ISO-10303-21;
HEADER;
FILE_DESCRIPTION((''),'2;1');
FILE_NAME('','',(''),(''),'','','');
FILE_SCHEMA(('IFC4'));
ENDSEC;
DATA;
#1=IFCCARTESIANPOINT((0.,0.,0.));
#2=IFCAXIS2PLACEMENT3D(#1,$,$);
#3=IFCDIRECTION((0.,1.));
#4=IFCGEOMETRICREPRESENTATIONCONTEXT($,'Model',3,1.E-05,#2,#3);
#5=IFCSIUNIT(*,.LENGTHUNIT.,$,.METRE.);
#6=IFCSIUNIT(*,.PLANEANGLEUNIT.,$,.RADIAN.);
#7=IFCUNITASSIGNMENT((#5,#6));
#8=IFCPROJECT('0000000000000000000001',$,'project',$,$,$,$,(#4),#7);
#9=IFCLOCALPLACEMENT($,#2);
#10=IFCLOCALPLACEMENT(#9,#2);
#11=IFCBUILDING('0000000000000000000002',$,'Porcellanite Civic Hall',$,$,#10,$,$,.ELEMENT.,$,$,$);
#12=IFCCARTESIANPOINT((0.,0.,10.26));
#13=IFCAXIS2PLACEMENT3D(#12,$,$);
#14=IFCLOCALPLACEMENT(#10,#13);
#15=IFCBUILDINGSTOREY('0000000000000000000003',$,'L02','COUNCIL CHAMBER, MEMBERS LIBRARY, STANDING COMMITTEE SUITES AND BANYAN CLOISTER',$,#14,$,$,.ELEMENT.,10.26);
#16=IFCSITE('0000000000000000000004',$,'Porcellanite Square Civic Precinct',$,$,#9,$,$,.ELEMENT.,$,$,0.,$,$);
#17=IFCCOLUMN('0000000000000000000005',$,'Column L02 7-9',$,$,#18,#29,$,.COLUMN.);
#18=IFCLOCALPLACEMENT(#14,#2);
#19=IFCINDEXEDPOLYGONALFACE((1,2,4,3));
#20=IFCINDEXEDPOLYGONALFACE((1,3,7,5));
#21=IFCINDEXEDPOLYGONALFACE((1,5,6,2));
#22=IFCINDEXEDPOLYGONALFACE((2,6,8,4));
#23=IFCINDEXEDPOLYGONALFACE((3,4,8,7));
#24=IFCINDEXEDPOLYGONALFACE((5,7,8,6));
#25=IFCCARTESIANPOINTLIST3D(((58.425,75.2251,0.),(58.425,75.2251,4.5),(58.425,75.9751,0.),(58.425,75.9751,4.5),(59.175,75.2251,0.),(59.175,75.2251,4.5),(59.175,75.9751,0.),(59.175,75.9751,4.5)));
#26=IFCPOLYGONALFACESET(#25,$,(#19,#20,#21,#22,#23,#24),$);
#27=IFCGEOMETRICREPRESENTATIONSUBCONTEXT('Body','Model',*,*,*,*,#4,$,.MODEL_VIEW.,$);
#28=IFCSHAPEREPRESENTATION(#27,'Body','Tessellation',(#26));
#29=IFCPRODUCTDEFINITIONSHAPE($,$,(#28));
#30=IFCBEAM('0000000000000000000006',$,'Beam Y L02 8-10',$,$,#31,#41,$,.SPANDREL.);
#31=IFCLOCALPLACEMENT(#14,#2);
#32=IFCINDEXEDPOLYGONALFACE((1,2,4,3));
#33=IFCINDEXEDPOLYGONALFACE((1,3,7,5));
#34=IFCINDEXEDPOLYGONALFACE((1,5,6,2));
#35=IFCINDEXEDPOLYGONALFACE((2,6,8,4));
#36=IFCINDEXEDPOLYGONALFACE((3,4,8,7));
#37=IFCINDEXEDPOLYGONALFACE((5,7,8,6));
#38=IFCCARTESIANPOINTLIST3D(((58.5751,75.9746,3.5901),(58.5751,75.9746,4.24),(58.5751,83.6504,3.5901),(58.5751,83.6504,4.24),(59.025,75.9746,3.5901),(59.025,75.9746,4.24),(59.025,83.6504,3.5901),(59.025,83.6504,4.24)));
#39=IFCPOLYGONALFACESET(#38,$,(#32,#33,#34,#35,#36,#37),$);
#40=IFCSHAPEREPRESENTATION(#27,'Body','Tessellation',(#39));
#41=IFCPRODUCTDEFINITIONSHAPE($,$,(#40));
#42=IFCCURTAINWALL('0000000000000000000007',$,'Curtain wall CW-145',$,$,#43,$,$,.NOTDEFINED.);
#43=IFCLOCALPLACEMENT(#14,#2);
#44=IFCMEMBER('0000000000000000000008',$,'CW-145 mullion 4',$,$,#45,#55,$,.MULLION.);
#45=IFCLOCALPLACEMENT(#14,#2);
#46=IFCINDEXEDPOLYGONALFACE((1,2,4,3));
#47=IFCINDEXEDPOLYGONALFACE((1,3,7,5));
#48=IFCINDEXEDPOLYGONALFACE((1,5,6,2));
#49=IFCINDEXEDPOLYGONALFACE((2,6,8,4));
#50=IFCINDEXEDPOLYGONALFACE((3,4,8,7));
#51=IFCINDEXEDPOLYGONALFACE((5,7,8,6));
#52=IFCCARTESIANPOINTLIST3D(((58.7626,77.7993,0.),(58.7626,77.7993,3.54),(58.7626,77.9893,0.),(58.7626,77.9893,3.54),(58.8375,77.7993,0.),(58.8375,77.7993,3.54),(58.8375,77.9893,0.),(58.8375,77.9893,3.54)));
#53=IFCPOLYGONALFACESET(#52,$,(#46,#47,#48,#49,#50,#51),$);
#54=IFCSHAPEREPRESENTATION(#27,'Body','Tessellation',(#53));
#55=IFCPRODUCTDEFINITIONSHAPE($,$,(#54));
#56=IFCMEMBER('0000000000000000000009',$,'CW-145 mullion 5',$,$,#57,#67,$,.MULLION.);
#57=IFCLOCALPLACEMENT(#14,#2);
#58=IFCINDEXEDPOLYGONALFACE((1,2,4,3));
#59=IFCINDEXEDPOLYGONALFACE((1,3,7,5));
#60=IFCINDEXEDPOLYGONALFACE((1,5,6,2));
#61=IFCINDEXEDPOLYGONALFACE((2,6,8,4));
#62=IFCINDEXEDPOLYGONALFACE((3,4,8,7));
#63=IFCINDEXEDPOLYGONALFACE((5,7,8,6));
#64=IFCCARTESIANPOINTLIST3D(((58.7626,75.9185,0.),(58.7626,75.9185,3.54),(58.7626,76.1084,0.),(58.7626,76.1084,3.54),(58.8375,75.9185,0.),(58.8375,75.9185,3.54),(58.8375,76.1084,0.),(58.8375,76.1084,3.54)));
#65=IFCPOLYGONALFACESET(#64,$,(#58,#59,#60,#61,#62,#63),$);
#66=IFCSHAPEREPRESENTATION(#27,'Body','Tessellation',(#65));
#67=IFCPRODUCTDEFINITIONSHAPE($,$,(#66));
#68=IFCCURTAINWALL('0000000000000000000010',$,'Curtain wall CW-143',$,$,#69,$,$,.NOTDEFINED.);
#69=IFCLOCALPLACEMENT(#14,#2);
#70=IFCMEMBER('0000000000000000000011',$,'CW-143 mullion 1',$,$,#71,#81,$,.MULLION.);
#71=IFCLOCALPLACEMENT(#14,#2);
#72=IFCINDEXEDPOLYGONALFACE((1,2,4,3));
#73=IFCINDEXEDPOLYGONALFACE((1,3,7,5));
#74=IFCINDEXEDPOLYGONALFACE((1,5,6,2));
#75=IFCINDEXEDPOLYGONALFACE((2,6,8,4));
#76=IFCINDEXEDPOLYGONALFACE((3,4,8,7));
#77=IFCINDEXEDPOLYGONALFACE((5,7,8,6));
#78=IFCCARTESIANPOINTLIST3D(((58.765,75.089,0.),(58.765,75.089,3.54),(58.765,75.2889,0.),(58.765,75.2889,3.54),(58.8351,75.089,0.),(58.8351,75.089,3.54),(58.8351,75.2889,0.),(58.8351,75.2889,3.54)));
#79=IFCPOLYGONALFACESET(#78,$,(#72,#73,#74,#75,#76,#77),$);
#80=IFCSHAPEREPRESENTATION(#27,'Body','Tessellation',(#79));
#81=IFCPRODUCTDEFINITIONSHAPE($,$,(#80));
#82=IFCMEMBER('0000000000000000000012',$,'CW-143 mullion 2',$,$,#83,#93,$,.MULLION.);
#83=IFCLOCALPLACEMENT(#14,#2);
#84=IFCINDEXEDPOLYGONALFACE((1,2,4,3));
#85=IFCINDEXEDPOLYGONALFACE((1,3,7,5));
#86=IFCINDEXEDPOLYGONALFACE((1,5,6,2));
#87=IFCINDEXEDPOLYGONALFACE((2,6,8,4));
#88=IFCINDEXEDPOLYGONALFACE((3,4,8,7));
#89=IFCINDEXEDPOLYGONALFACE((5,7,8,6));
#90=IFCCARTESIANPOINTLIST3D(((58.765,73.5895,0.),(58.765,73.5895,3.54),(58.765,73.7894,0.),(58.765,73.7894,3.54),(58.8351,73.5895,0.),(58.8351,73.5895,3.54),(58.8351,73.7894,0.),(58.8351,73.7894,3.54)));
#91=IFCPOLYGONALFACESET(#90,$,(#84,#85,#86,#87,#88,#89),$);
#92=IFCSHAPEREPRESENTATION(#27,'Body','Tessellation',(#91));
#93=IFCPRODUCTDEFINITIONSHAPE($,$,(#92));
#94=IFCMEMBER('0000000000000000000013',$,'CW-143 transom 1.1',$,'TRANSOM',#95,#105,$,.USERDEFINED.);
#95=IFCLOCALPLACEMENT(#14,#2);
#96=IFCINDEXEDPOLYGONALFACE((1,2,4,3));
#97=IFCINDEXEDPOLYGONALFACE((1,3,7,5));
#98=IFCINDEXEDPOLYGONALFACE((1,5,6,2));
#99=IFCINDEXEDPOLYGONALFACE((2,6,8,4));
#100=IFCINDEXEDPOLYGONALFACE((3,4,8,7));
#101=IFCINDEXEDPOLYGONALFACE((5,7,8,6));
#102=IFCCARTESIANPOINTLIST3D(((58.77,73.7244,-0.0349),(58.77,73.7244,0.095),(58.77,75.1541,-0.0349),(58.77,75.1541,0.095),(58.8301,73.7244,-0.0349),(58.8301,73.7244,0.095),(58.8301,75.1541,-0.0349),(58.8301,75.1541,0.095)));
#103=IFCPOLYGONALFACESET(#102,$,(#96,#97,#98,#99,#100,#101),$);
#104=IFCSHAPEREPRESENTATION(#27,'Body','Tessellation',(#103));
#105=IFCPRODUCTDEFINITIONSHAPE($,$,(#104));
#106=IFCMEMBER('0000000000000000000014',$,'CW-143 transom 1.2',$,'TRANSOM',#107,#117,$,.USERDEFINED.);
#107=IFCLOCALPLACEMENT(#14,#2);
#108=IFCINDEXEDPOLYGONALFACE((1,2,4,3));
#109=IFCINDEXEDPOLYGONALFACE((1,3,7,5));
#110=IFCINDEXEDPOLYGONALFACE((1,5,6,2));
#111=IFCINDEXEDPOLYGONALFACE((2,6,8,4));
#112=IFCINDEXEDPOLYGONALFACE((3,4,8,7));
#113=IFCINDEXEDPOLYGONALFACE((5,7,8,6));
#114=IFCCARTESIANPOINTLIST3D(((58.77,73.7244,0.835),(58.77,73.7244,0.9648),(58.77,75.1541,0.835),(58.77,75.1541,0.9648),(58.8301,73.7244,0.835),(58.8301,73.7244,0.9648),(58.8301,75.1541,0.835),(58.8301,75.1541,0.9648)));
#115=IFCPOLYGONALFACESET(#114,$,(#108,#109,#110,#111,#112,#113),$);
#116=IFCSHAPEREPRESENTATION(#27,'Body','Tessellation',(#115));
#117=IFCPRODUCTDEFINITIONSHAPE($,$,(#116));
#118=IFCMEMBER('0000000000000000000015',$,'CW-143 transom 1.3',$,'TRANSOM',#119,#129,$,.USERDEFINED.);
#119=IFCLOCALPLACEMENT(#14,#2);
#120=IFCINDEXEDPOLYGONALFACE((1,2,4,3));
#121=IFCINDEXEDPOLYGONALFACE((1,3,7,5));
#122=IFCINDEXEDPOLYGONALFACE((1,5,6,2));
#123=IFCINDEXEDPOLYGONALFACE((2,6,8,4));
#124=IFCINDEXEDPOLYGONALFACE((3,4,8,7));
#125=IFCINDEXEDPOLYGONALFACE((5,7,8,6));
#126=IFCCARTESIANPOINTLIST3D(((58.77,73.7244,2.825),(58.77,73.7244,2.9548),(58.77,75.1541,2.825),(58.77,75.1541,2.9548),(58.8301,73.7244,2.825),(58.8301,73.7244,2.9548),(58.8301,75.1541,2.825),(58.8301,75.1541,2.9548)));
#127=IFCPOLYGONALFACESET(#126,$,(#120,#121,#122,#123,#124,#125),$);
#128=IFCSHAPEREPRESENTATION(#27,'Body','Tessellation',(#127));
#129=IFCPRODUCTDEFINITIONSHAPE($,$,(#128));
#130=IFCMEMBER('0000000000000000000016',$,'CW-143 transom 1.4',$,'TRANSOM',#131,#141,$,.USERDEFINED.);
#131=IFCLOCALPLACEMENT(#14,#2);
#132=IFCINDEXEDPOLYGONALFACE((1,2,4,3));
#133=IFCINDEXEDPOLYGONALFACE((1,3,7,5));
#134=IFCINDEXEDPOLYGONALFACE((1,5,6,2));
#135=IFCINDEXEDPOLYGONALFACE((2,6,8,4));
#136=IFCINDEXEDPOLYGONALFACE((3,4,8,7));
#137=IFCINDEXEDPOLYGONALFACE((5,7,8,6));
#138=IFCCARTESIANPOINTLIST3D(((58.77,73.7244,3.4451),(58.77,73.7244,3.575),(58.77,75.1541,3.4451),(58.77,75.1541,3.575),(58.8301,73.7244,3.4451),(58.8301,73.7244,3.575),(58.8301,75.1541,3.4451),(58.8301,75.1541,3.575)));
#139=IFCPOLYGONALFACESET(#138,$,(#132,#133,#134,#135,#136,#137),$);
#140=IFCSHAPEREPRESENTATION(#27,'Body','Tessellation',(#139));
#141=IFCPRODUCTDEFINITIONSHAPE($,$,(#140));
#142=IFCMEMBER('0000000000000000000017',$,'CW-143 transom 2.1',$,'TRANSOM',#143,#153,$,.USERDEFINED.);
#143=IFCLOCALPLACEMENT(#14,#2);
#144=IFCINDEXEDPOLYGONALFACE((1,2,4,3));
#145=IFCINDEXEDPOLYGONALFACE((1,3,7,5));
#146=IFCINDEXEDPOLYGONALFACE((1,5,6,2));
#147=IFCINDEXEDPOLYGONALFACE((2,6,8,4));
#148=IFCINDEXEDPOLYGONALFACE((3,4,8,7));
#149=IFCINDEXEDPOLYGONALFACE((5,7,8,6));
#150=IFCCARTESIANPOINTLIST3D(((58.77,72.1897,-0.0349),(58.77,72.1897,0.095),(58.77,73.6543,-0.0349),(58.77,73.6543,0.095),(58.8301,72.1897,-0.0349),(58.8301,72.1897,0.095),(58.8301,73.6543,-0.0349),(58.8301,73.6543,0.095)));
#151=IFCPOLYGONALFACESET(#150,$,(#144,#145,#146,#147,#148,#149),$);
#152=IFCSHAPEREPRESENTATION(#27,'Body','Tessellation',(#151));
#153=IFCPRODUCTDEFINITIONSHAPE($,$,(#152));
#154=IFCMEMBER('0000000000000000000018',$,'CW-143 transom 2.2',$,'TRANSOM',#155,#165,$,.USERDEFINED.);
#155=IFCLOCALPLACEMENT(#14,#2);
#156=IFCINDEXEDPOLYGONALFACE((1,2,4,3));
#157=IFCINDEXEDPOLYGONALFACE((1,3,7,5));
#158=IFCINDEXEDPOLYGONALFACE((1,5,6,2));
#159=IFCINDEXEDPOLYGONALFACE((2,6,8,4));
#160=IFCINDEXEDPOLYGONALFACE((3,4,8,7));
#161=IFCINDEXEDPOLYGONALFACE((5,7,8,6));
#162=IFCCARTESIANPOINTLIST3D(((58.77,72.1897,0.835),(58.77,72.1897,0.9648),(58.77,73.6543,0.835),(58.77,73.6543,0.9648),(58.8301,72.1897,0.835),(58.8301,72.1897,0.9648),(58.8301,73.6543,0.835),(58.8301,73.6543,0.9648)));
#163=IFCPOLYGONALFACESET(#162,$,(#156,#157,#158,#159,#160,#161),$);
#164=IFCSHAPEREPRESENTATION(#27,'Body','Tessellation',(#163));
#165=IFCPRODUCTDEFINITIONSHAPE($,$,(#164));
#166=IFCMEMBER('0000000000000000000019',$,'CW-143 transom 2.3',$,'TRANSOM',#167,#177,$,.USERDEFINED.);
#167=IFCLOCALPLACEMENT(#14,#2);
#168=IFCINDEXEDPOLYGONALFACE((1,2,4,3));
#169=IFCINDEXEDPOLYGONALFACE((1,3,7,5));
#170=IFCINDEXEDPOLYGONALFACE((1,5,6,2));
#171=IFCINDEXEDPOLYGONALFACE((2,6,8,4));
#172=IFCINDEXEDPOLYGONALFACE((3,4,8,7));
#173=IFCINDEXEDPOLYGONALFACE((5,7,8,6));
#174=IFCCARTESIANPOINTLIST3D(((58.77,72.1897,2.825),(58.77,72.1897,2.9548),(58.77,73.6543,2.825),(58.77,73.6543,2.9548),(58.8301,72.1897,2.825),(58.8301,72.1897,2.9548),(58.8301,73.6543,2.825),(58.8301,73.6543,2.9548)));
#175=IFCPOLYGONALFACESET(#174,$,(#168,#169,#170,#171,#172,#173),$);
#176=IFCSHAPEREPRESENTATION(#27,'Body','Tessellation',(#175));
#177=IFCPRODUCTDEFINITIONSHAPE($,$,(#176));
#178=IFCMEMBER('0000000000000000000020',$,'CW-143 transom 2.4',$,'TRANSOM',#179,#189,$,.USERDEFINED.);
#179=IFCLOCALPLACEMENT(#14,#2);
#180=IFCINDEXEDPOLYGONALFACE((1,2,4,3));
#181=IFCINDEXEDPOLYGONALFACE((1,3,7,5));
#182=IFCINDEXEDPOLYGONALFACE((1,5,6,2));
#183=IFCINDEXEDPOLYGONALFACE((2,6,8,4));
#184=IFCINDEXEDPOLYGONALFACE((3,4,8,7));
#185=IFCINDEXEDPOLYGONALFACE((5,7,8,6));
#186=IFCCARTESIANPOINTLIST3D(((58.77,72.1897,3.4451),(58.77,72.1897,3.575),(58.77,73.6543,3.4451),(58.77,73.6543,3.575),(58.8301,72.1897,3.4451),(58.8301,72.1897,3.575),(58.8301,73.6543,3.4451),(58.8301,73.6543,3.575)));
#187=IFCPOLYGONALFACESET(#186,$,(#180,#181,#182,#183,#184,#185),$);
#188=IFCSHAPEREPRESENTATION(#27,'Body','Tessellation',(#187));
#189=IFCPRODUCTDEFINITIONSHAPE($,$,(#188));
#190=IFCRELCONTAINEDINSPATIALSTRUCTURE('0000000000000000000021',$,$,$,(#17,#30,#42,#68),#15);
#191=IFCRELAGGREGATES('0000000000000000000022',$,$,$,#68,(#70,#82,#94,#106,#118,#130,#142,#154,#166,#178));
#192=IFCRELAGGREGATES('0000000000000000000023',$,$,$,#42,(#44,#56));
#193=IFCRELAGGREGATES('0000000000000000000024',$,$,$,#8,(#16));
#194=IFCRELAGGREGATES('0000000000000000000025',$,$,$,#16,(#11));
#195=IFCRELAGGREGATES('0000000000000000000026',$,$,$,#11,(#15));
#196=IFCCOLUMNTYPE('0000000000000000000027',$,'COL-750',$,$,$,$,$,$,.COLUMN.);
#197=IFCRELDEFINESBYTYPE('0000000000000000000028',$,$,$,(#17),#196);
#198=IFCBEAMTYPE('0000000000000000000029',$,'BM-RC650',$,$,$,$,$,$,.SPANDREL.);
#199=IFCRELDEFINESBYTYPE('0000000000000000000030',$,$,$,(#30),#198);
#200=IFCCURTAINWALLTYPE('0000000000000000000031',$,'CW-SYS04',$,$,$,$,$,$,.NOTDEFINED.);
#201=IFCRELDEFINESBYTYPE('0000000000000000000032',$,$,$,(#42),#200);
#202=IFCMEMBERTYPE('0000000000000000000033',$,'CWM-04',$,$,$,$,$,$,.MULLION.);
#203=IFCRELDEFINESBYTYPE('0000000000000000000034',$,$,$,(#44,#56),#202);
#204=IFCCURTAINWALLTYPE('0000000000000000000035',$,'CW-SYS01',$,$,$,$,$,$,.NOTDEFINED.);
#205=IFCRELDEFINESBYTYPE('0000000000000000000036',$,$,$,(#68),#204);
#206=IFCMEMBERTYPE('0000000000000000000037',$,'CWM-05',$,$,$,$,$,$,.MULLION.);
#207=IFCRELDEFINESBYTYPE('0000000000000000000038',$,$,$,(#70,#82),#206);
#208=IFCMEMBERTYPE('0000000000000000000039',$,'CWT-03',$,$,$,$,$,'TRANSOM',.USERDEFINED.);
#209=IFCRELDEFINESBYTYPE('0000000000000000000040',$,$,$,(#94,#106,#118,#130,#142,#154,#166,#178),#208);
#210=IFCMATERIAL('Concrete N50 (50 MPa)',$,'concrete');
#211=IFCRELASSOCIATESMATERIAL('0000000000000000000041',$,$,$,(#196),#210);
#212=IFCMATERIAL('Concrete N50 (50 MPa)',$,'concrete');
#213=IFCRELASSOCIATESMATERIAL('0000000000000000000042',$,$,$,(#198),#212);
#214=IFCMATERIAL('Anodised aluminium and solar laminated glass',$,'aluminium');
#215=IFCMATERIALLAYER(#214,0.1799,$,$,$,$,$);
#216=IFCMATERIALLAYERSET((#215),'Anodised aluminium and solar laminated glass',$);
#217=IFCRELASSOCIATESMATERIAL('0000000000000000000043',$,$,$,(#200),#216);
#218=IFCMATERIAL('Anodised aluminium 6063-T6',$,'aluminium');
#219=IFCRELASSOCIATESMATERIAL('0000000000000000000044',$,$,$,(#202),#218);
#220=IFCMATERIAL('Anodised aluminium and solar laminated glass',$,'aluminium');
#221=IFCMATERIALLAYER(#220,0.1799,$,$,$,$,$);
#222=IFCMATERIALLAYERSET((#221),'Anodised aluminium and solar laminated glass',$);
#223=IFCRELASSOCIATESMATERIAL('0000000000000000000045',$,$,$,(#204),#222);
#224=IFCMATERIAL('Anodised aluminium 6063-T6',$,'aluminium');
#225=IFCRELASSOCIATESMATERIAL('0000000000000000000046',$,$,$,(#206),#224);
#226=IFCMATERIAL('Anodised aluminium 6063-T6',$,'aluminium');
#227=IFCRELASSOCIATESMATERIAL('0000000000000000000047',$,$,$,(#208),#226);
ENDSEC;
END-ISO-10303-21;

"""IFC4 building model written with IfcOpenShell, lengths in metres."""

from ifc_helpers import new_model, si_unit, direction, frame, origin, origin_2d, place, context, subcontext, project, spatial, rectangle, extrude, material, layer, layer_set, material_profile, profile_set, type_object, element, aggregate, save


model = new_model("IFC4")

# Units and contexts
model_context = context("Model", 3, precision=1e-05, world=origin(), true_north=direction((0.0, 1.0)))
body_context = subcontext(model_context, "Body", "Model", "MODEL_VIEW")
ifc_project = project(units=[si_unit("LENGTHUNIT", "METRE"), si_unit("PLANEANGLEUNIT", "RADIAN")], contexts=[model_context])

# Site, building, storey
site_placement = place(None, origin())
site = spatial("IfcSite", under=ifc_project, at=site_placement, Name="Porcellanite Square Civic Precinct", CompositionType="ELEMENT", RefElevation=0.0)
building_placement = place(site_placement, origin())
building = spatial("IfcBuilding", under=site, at=building_placement, Name="Porcellanite Civic Hall", CompositionType="ELEMENT")
storey_placement = place(building_placement, frame((0.0, 0.0, 10.26)))
storey = spatial("IfcBuildingStorey", under=building, at=storey_placement, Name="L02", Description="COUNCIL CHAMBER, MEMBERS LIBRARY, STANDING COMMITTEE SUITES AND BANYAN CLOISTER", CompositionType="ELEMENT", Elevation=10.26)

# Column
ifc_material_1 = material(Name="Concrete N50 (50 MPa)", Category="concrete")
ifc_material_profile_1 = material_profile(ifc_material_1, rectangle(XDim=0.75, YDim=0.75, at=origin_2d()), Name="RC-750x750")
ifc_profile_set_1 = profile_set([ifc_material_profile_1], Name="Concrete N50 (50 MPa)")
column_type = type_object("IfcColumnType", Name="COL-750", PredefinedType="COLUMN", material=ifc_profile_set_1)
column_placement = place(storey_placement, frame((58.8, 75.6001, 0.0), z_axis=(0.0, 0.0, 1.0), x_axis=(1.0, 0.0, 0.0)))
element("IfcColumn", 1, at=column_placement, inside=storey, type_object=column_type, Name="Column L02 7-9", PredefinedType="COLUMN", context=body_context, shape_type="SweptSolid", body=[
    extrude(rectangle(XDim=0.75, YDim=0.75, at=origin_2d()), origin(), (0.0, 0.0, 1.0), 4.5),
])

# Beam
ifc_material_2 = material(Name="Concrete N50 (50 MPa)", Category="concrete")
ifc_material_profile_2 = material_profile(ifc_material_2, rectangle(XDim=0.45, YDim=0.6499, at=origin_2d()), Name="RC-450x650")
ifc_profile_set_2 = profile_set([ifc_material_profile_2], Name="Concrete N50 (50 MPa)")
beam_type_1 = type_object("IfcBeamType", Name="BM-RC650", PredefinedType="SPANDREL", material=ifc_profile_set_2)
beam_1_placement = place(storey_placement, frame((58.8, 75.9746, 3.915), z_axis=(0.0, 1.0, 0.0), x_axis=(-1.0, 0.0, 0.0)))
element("IfcBeam", 2, at=beam_1_placement, inside=storey, type_object=beam_type_1, Name="Beam Y L02 8-10", PredefinedType="SPANDREL", context=body_context, shape_type="SweptSolid", body=[
    extrude(rectangle(XDim=0.45, YDim=0.6499, at=origin_2d()), origin(), (0.0, 0.0, 1.0), 7.6758),
])

# Curtain walls, members
ifc_material_3 = material(Name="Anodised aluminium and solar laminated glass", Category="aluminium")
ifc_layer_1 = layer(ifc_material_3, 0.1799)
ifc_layer_set_1 = layer_set([ifc_layer_1], Name="Anodised aluminium and solar laminated glass")
curtain_wall_type_1 = type_object("IfcCurtainWallType", Name="CW-SYS04", PredefinedType="NOTDEFINED", material=ifc_layer_set_1)
curtain_wall_1_placement = place(storey_placement, origin())
curtain_wall_1 = element("IfcCurtainWall", 3, at=curtain_wall_1_placement, inside=storey, type_object=curtain_wall_type_1, Name="Curtain wall CW-145", PredefinedType="NOTDEFINED")
ifc_material_4 = material(Name="Anodised aluminium 6063-T6", Category="aluminium")
ifc_material_profile_3 = material_profile(ifc_material_4, rectangle(XDim=0.075, YDim=0.1899, at=origin_2d()), Name="AL-75x190")
ifc_profile_set_3 = profile_set([ifc_material_profile_3], Name="Anodised aluminium 6063-T6")
member_type_1 = type_object("IfcMemberType", Name="CWM-04", PredefinedType="MULLION", material=ifc_profile_set_3)
member_1_placement = place(storey_placement, frame((58.8, 77.8943, 0.0), z_axis=(0.0, 0.0, 1.0), x_axis=(1.0, 0.0, 0.0)))
member_1 = element("IfcMember", 4, at=member_1_placement, type_object=member_type_1, Name="CW-145 mullion 4", PredefinedType="MULLION", context=body_context, shape_type="SweptSolid", body=[
    extrude(rectangle(XDim=0.075, YDim=0.1899, at=origin_2d()), origin(), (0.0, 0.0, 1.0), 3.54),
])
member_2_placement = place(storey_placement, frame((58.8, 76.0134, 0.0), z_axis=(0.0, 0.0, 1.0), x_axis=(1.0, 0.0, 0.0)))
member_2 = element("IfcMember", 5, at=member_2_placement, type_object=member_type_1, Name="CW-145 mullion 5", PredefinedType="MULLION", context=body_context, shape_type="SweptSolid", body=[
    extrude(rectangle(XDim=0.075, YDim=0.1899, at=origin_2d()), origin(), (0.0, 0.0, 1.0), 3.54),
])
ifc_material_5 = material(Name="Anodised aluminium and solar laminated glass", Category="aluminium")
ifc_layer_2 = layer(ifc_material_5, 0.1799)
ifc_layer_set_2 = layer_set([ifc_layer_2], Name="Anodised aluminium and solar laminated glass")
curtain_wall_type_2 = type_object("IfcCurtainWallType", Name="CW-SYS01", PredefinedType="NOTDEFINED", material=ifc_layer_set_2)
curtain_wall_2_placement = place(storey_placement, origin())
curtain_wall_2 = element("IfcCurtainWall", 6, at=curtain_wall_2_placement, inside=storey, type_object=curtain_wall_type_2, Name="Curtain wall CW-143", PredefinedType="NOTDEFINED")
ifc_material_6 = material(Name="Anodised aluminium 6063-T6", Category="aluminium")
ifc_material_profile_4 = material_profile(ifc_material_6, rectangle(XDim=0.0701, YDim=0.2, at=origin_2d()), Name="AL-70x200")
ifc_profile_set_4 = profile_set([ifc_material_profile_4], Name="Anodised aluminium 6063-T6")
member_type_2 = type_object("IfcMemberType", Name="CWM-05", PredefinedType="MULLION", material=ifc_profile_set_4)
member_3_placement = place(storey_placement, frame((58.8, 75.189, 0.0), z_axis=(0.0, 0.0, 1.0), x_axis=(1.0, 0.0, 0.0)))
member_3 = element("IfcMember", 7, at=member_3_placement, type_object=member_type_2, Name="CW-143 mullion 1", PredefinedType="MULLION", context=body_context, shape_type="SweptSolid", body=[
    extrude(rectangle(XDim=0.0701, YDim=0.2, at=origin_2d()), origin(), (0.0, 0.0, 1.0), 3.54),
])
member_4_placement = place(storey_placement, frame((58.8, 73.6895, 0.0), z_axis=(0.0, 0.0, 1.0), x_axis=(1.0, 0.0, 0.0)))
member_4 = element("IfcMember", 8, at=member_4_placement, type_object=member_type_2, Name="CW-143 mullion 2", PredefinedType="MULLION", context=body_context, shape_type="SweptSolid", body=[
    extrude(rectangle(XDim=0.0701, YDim=0.2, at=origin_2d()), origin(), (0.0, 0.0, 1.0), 3.54),
])
ifc_material_7 = material(Name="Anodised aluminium 6063-T6", Category="aluminium")
ifc_material_profile_5 = material_profile(ifc_material_7, rectangle(XDim=0.0601, YDim=0.1299, at=origin_2d()), Name="AL-60x130")
ifc_profile_set_5 = profile_set([ifc_material_profile_5], Name="Anodised aluminium 6063-T6")
member_type_3 = type_object("IfcMemberType", Name="CWT-03", ElementType="TRANSOM", PredefinedType="USERDEFINED", material=ifc_profile_set_5)
member_5_placement = place(storey_placement, frame((58.8, 75.1541, 0.03), z_axis=(0.0, -1.0, 0.0), x_axis=(1.0, 0.0, 0.0)))
member_5 = element("IfcMember", 9, at=member_5_placement, type_object=member_type_3, Name="CW-143 transom 1.1", ObjectType="TRANSOM", PredefinedType="USERDEFINED", context=body_context, shape_type="SweptSolid", body=[
    extrude(rectangle(XDim=0.0601, YDim=0.1299, at=origin_2d()), origin(), (0.0, 0.0, 1.0), 1.4297),
])
member_6_placement = place(storey_placement, frame((58.8, 75.1541, 0.8999), z_axis=(0.0, -1.0, 0.0), x_axis=(1.0, 0.0, 0.0)))
member_6 = element("IfcMember", 10, at=member_6_placement, type_object=member_type_3, Name="CW-143 transom 1.2", ObjectType="TRANSOM", PredefinedType="USERDEFINED", context=body_context, shape_type="SweptSolid", body=[
    extrude(rectangle(XDim=0.0601, YDim=0.1299, at=origin_2d()), origin(), (0.0, 0.0, 1.0), 1.4297),
])
member_7_placement = place(storey_placement, frame((58.8, 75.1541, 2.8899), z_axis=(0.0, -1.0, 0.0), x_axis=(1.0, 0.0, 0.0)))
member_7 = element("IfcMember", 11, at=member_7_placement, type_object=member_type_3, Name="CW-143 transom 1.3", ObjectType="TRANSOM", PredefinedType="USERDEFINED", context=body_context, shape_type="SweptSolid", body=[
    extrude(rectangle(XDim=0.0601, YDim=0.1299, at=origin_2d()), origin(), (0.0, 0.0, 1.0), 1.4297),
])
member_8_placement = place(storey_placement, frame((58.8, 75.1541, 3.51), z_axis=(0.0, -1.0, 0.0), x_axis=(1.0, 0.0, 0.0)))
member_8 = element("IfcMember", 12, at=member_8_placement, type_object=member_type_3, Name="CW-143 transom 1.4", ObjectType="TRANSOM", PredefinedType="USERDEFINED", context=body_context, shape_type="SweptSolid", body=[
    extrude(rectangle(XDim=0.0601, YDim=0.1299, at=origin_2d()), origin(), (0.0, 0.0, 1.0), 1.4297),
])
member_9_placement = place(storey_placement, frame((58.8, 73.6543, 0.03), z_axis=(0.0, -1.0, 0.0), x_axis=(1.0, 0.0, 0.0)))
member_9 = element("IfcMember", 13, at=member_9_placement, type_object=member_type_3, Name="CW-143 transom 2.1", ObjectType="TRANSOM", PredefinedType="USERDEFINED", context=body_context, shape_type="SweptSolid", body=[
    extrude(rectangle(XDim=0.0601, YDim=0.1299, at=origin_2d()), origin(), (0.0, 0.0, 1.0), 1.4646),
])
member_10_placement = place(storey_placement, frame((58.8, 73.6543, 0.8999), z_axis=(0.0, -1.0, 0.0), x_axis=(1.0, 0.0, 0.0)))
member_10 = element("IfcMember", 14, at=member_10_placement, type_object=member_type_3, Name="CW-143 transom 2.2", ObjectType="TRANSOM", PredefinedType="USERDEFINED", context=body_context, shape_type="SweptSolid", body=[
    extrude(rectangle(XDim=0.0601, YDim=0.1299, at=origin_2d()), origin(), (0.0, 0.0, 1.0), 1.4646),
])
member_11_placement = place(storey_placement, frame((58.8, 73.6543, 2.8899), z_axis=(0.0, -1.0, 0.0), x_axis=(1.0, 0.0, 0.0)))
member_11 = element("IfcMember", 15, at=member_11_placement, type_object=member_type_3, Name="CW-143 transom 2.3", ObjectType="TRANSOM", PredefinedType="USERDEFINED", context=body_context, shape_type="SweptSolid", body=[
    extrude(rectangle(XDim=0.0601, YDim=0.1299, at=origin_2d()), origin(), (0.0, 0.0, 1.0), 1.4646),
])
member_12_placement = place(storey_placement, frame((58.8, 73.6543, 3.51), z_axis=(0.0, -1.0, 0.0), x_axis=(1.0, 0.0, 0.0)))
member_12 = element("IfcMember", 16, at=member_12_placement, type_object=member_type_3, Name="CW-143 transom 2.4", ObjectType="TRANSOM", PredefinedType="USERDEFINED", context=body_context, shape_type="SweptSolid", body=[
    extrude(rectangle(XDim=0.0601, YDim=0.1299, at=origin_2d()), origin(), (0.0, 0.0, 1.0), 1.4646),
])

aggregate(curtain_wall_2, [member_3, member_4, member_5, member_6, member_7, member_8, member_9, member_10, member_11, member_12])
aggregate(curtain_wall_1, [member_1, member_2])

save(model, "model.ifc")
